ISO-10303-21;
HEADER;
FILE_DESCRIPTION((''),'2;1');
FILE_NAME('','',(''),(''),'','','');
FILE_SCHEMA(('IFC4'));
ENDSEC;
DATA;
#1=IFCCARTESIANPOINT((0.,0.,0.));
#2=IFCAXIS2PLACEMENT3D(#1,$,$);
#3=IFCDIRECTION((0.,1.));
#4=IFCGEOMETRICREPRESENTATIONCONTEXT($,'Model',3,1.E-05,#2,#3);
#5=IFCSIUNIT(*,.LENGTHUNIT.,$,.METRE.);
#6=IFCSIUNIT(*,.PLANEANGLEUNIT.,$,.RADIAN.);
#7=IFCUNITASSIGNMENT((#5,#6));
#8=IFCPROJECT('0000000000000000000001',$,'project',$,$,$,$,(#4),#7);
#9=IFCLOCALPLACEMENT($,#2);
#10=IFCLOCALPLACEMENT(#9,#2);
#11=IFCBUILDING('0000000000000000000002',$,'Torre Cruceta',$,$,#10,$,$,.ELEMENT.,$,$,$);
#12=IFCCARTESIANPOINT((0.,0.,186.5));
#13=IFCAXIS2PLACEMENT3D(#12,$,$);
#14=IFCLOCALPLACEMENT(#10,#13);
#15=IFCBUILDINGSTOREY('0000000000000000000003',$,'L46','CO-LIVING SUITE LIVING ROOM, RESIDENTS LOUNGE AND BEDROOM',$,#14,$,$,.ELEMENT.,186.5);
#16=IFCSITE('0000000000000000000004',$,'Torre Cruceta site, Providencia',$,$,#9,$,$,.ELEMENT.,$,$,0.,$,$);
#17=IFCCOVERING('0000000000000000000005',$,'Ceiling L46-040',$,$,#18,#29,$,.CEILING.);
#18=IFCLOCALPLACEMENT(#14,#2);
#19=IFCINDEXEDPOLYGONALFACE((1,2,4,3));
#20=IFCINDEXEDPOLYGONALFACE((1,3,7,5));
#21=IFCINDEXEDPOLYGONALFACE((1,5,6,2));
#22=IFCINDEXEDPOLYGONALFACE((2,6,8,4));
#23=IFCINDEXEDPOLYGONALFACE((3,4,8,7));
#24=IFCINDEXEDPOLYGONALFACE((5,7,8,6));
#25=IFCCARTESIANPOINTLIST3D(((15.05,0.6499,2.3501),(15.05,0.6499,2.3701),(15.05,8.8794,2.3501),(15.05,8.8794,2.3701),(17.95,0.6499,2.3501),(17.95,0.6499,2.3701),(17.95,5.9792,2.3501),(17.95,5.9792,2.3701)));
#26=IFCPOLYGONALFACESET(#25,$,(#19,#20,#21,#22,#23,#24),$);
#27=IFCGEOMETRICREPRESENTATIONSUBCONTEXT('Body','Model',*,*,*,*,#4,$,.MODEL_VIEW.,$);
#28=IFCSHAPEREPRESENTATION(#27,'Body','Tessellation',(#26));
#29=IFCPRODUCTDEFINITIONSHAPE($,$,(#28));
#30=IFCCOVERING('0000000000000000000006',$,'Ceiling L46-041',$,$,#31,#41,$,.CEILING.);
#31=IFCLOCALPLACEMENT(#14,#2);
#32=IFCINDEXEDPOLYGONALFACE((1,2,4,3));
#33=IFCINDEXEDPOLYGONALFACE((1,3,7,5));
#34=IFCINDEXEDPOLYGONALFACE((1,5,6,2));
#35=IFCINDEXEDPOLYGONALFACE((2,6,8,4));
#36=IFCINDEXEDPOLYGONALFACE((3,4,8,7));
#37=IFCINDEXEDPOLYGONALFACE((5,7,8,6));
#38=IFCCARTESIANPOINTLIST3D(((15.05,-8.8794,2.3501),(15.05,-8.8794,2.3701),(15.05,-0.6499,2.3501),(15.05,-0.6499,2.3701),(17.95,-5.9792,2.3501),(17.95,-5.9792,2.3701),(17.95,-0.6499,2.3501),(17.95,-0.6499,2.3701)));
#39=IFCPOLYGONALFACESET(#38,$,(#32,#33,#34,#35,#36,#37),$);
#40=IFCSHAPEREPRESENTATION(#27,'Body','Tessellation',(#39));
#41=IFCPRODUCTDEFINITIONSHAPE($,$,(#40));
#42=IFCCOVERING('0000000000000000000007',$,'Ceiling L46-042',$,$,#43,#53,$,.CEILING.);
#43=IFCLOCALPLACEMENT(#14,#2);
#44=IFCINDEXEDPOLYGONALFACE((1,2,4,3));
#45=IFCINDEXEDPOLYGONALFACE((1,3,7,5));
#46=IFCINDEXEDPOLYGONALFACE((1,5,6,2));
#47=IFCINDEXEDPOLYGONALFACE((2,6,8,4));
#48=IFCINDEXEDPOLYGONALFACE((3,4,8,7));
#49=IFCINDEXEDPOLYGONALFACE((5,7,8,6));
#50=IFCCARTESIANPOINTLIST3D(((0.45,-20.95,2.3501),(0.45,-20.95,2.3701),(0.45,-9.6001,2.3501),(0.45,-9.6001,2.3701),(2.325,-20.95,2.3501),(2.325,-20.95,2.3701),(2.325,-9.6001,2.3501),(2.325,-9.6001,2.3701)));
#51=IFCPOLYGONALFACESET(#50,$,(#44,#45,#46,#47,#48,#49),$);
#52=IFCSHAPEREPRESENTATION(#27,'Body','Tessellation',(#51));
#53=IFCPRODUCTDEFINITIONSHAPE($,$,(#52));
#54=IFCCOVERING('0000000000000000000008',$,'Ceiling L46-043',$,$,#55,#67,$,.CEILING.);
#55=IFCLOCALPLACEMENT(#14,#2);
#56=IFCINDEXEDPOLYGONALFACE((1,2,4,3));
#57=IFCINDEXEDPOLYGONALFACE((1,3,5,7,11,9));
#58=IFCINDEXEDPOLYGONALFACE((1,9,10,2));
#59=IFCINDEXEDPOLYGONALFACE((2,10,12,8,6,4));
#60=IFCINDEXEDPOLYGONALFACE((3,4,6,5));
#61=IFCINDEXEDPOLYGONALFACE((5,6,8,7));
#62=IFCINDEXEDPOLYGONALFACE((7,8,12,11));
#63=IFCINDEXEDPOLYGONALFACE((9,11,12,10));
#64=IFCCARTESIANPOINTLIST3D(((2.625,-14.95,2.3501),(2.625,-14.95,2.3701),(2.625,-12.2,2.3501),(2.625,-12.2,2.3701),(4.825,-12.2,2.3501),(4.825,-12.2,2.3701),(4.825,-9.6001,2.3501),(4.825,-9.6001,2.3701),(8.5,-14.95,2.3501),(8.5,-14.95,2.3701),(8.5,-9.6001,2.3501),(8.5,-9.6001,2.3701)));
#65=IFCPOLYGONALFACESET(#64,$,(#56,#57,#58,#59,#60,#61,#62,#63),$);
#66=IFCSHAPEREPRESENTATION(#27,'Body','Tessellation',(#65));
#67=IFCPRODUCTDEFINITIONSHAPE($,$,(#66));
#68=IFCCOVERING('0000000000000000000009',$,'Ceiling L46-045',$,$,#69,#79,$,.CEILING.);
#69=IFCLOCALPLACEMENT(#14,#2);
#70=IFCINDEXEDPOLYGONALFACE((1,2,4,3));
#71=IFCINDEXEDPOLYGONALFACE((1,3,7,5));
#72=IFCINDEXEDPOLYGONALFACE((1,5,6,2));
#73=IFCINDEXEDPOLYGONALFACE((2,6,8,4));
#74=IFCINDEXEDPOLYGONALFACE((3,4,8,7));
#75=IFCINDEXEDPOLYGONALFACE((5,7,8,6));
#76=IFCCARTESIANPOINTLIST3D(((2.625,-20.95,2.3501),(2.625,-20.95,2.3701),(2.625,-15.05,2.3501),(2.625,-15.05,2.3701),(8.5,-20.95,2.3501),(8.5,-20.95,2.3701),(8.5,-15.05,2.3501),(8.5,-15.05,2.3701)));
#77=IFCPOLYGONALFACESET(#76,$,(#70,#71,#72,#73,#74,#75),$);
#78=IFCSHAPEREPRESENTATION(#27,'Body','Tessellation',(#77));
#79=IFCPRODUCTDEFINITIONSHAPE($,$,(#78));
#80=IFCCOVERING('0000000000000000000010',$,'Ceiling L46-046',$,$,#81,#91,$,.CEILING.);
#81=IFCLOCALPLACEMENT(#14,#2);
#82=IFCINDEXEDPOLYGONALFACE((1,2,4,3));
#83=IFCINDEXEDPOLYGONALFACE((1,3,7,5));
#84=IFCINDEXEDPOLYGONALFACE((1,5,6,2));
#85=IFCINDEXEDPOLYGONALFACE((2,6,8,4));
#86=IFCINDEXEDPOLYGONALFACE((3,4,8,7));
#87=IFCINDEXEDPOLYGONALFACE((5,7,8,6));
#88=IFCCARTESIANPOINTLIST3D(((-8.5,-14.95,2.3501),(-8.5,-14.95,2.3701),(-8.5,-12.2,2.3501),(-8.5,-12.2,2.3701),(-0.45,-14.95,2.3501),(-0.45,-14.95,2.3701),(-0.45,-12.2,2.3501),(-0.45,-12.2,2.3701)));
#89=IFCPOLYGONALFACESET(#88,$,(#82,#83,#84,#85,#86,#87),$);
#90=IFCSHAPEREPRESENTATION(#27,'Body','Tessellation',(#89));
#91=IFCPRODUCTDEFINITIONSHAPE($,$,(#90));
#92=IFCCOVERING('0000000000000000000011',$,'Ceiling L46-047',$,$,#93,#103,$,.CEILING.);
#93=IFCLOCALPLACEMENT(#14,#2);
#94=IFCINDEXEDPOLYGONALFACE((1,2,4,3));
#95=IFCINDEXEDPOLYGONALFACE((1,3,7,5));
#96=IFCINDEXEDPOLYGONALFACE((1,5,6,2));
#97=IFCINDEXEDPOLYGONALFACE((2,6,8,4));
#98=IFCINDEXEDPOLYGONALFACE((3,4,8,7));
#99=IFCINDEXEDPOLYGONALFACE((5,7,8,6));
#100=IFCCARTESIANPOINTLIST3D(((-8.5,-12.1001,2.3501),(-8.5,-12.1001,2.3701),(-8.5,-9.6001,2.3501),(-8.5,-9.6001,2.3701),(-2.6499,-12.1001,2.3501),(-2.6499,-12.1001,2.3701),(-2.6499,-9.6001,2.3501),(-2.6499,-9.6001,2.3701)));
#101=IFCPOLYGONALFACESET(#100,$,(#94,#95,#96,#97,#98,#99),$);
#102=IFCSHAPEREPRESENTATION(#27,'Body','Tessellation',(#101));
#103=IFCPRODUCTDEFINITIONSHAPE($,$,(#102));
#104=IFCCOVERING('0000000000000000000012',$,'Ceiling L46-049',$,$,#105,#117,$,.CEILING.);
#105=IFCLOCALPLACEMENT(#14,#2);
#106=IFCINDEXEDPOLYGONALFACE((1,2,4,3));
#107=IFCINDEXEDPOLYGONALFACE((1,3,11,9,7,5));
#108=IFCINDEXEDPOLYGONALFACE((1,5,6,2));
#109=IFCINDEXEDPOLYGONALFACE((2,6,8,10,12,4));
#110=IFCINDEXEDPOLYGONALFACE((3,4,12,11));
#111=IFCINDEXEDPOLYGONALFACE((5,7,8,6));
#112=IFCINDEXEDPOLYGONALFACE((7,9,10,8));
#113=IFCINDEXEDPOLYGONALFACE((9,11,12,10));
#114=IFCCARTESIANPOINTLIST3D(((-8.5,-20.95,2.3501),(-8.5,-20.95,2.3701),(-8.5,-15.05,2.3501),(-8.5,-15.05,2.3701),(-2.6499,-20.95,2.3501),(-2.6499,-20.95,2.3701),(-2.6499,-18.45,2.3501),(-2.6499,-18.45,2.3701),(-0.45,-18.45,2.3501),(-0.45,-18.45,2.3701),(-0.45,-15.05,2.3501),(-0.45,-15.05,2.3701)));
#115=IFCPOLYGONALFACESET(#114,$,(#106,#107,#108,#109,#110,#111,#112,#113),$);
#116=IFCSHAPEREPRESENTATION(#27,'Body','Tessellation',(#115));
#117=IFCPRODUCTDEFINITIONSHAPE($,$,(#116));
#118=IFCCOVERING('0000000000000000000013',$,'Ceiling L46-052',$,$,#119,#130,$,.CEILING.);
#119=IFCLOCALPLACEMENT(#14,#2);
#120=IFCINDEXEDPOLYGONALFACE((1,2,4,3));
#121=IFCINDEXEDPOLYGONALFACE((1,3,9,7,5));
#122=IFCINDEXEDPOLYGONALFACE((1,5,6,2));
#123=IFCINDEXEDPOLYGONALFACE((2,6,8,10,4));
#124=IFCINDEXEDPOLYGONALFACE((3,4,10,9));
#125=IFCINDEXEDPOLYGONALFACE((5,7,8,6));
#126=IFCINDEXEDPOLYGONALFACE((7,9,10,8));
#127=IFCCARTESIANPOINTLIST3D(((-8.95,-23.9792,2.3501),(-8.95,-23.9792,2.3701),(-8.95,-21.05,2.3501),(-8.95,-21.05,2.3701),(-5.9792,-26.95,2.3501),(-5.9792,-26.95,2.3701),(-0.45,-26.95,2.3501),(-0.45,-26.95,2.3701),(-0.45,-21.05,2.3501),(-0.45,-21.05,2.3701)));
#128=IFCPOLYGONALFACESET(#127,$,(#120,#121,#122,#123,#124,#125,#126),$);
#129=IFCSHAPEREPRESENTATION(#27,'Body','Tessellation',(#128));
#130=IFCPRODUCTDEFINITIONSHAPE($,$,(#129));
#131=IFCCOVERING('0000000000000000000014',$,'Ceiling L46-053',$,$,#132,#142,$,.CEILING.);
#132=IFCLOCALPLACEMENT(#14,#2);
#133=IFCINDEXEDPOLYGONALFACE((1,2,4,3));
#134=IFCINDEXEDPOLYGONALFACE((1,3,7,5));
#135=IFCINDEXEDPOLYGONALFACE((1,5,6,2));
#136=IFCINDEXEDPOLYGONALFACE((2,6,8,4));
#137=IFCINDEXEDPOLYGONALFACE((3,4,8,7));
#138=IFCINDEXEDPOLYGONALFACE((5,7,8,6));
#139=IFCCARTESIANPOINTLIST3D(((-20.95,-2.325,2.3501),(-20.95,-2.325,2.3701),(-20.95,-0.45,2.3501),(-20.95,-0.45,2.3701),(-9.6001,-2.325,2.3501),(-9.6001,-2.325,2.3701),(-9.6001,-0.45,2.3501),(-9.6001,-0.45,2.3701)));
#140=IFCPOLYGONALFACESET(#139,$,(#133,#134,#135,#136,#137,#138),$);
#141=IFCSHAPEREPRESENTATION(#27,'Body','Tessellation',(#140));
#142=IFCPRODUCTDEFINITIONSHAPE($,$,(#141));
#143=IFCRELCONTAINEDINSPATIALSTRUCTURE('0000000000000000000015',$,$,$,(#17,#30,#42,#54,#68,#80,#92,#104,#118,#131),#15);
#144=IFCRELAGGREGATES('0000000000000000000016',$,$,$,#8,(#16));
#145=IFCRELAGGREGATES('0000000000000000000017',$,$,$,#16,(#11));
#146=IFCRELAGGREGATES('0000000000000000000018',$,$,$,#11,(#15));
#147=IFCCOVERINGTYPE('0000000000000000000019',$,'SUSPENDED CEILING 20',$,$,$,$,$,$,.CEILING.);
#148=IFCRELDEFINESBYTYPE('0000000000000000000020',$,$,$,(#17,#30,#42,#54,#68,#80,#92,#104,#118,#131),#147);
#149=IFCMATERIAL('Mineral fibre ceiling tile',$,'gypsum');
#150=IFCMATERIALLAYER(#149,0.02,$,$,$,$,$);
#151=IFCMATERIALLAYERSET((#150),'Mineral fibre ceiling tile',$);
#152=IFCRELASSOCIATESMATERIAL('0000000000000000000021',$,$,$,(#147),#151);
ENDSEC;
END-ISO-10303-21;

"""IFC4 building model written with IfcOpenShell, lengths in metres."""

from ifc_helpers import new_model, si_unit, direction, frame, origin, place, context, subcontext, project, spatial, polyline, outline, extrude, material, layer, layer_set, type_object, element, save


model = new_model("IFC4")

# Units and contexts
model_context = context("Model", 3, precision=1e-05, world=origin(), true_north=direction((0.0, 1.0)))
body_context = subcontext(model_context, "Body", "Model", "MODEL_VIEW")
ifc_project = project(units=[si_unit("LENGTHUNIT", "METRE"), si_unit("PLANEANGLEUNIT", "RADIAN")], contexts=[model_context])

# Site, building, storey
site_placement = place(None, origin())
site = spatial("IfcSite", under=ifc_project, at=site_placement, Name="Torre Cruceta site, Providencia", CompositionType="ELEMENT", RefElevation=0.0)
building_placement = place(site_placement, origin())
building = spatial("IfcBuilding", under=site, at=building_placement, Name="Torre Cruceta", CompositionType="ELEMENT")
storey_placement = place(building_placement, frame((0.0, 0.0, 186.5)))
storey = spatial("IfcBuildingStorey", under=building, at=storey_placement, Name="L46", Description="CO-LIVING SUITE LIVING ROOM, RESIDENTS LOUNGE AND BEDROOM", CompositionType="ELEMENT", Elevation=186.5)

# Coverings
ifc_material_1 = material(Name="Mineral fibre ceiling tile", Category="gypsum")
ifc_layer_1 = layer(ifc_material_1, 0.02)
ifc_layer_set_1 = layer_set([ifc_layer_1], Name="Mineral fibre ceiling tile")
covering_type = type_object("IfcCoveringType", Name="SUSPENDED CEILING 20", PredefinedType="CEILING", material=ifc_layer_set_1)
covering_1_placement = place(storey_placement, frame((0.0, 0.0, 2.3501)))
element("IfcCovering", 1, at=covering_1_placement, inside=storey, type_object=covering_type, Name="Ceiling L46-040", PredefinedType="CEILING", context=body_context, shape_type="SweptSolid", body=[
    extrude(outline(polyline([(17.95, 5.9792), (17.95, 0.6499), (15.05, 0.6499), (15.05, 8.8794), (17.95, 5.9792)])), origin(), (0.0, 0.0, 1.0), 0.02),
])
covering_2_placement = place(storey_placement, frame((0.0, 0.0, 2.3501)))
element("IfcCovering", 2, at=covering_2_placement, inside=storey, type_object=covering_type, Name="Ceiling L46-041", PredefinedType="CEILING", context=body_context, shape_type="SweptSolid", body=[
    extrude(outline(polyline([(15.05, -8.8794), (15.05, -0.6499), (17.95, -0.6499), (17.95, -5.9792), (15.05, -8.8794)])), origin(), (0.0, 0.0, 1.0), 0.02),
])
covering_3_placement = place(storey_placement, frame((0.0, 0.0, 2.3501)))
element("IfcCovering", 3, at=covering_3_placement, inside=storey, type_object=covering_type, Name="Ceiling L46-042", PredefinedType="CEILING", context=body_context, shape_type="SweptSolid", body=[
    extrude(outline(polyline([(0.45, -9.6001), (2.325, -9.6001), (2.325, -20.95), (0.45, -20.95), (0.45, -9.6001)])), origin(), (0.0, 0.0, 1.0), 0.02),
])
covering_4_placement = place(storey_placement, frame((0.0, 0.0, 2.3501)))
element("IfcCovering", 4, at=covering_4_placement, inside=storey, type_object=covering_type, Name="Ceiling L46-043", PredefinedType="CEILING", context=body_context, shape_type="SweptSolid", body=[
    extrude(outline(polyline([(8.5, -9.6001), (8.5, -14.95), (2.625, -14.95), (2.625, -12.2), (4.825, -12.2), (4.825, -9.6001), (8.5, -9.6001)])), origin(), (0.0, 0.0, 1.0), 0.02),
])
covering_5_placement = place(storey_placement, frame((0.0, 0.0, 2.3501)))
element("IfcCovering", 5, at=covering_5_placement, inside=storey, type_object=covering_type, Name="Ceiling L46-045", PredefinedType="CEILING", context=body_context, shape_type="SweptSolid", body=[
    extrude(outline(polyline([(2.625, -15.05), (8.5, -15.05), (8.5, -20.95), (2.625, -20.95), (2.625, -15.05)])), origin(), (0.0, 0.0, 1.0), 0.02),
])
covering_6_placement = place(storey_placement, frame((0.0, 0.0, 2.3501)))
element("IfcCovering", 6, at=covering_6_placement, inside=storey, type_object=covering_type, Name="Ceiling L46-046", PredefinedType="CEILING", context=body_context, shape_type="SweptSolid", body=[
    extrude(outline(polyline([(-8.5, -14.95), (-8.5, -12.2), (-0.45, -12.2), (-0.45, -14.95), (-8.5, -14.95)])), origin(), (0.0, 0.0, 1.0), 0.02),
])
covering_7_placement = place(storey_placement, frame((0.0, 0.0, 2.3501)))
element("IfcCovering", 7, at=covering_7_placement, inside=storey, type_object=covering_type, Name="Ceiling L46-047", PredefinedType="CEILING", context=body_context, shape_type="SweptSolid", body=[
    extrude(outline(polyline([(-8.5, -9.6001), (-2.6499, -9.6001), (-2.6499, -12.1001), (-8.5, -12.1001), (-8.5, -9.6001)])), origin(), (0.0, 0.0, 1.0), 0.02),
])
covering_8_placement = place(storey_placement, frame((0.0, 0.0, 2.3501)))
element("IfcCovering", 8, at=covering_8_placement, inside=storey, type_object=covering_type, Name="Ceiling L46-049", PredefinedType="CEILING", context=body_context, shape_type="SweptSolid", body=[
    extrude(outline(polyline([(-8.5, -20.95), (-8.5, -15.05), (-0.45, -15.05), (-0.45, -18.45), (-2.6499, -18.45), (-2.6499, -20.95), (-8.5, -20.95)])), origin(), (0.0, 0.0, 1.0), 0.02),
])
covering_9_placement = place(storey_placement, frame((0.0, 0.0, 2.3501)))
element("IfcCovering", 9, at=covering_9_placement, inside=storey, type_object=covering_type, Name="Ceiling L46-052", PredefinedType="CEILING", context=body_context, shape_type="SweptSolid", body=[
    extrude(outline(polyline([(-8.95, -23.9792), (-8.95, -21.05), (-0.45, -21.05), (-0.45, -26.95), (-5.9792, -26.95), (-8.95, -23.9792)])), origin(), (0.0, 0.0, 1.0), 0.02),
])
covering_10_placement = place(storey_placement, frame((0.0, 0.0, 2.3501)))
element("IfcCovering", 10, at=covering_10_placement, inside=storey, type_object=covering_type, Name="Ceiling L46-053", PredefinedType="CEILING", context=body_context, shape_type="SweptSolid", body=[
    extrude(outline(polyline([(-9.6001, -0.45), (-9.6001, -2.325), (-20.95, -2.325), (-20.95, -0.45), (-9.6001, -0.45)])), origin(), (0.0, 0.0, 1.0), 0.02),
])

save(model, "model.ifc")
